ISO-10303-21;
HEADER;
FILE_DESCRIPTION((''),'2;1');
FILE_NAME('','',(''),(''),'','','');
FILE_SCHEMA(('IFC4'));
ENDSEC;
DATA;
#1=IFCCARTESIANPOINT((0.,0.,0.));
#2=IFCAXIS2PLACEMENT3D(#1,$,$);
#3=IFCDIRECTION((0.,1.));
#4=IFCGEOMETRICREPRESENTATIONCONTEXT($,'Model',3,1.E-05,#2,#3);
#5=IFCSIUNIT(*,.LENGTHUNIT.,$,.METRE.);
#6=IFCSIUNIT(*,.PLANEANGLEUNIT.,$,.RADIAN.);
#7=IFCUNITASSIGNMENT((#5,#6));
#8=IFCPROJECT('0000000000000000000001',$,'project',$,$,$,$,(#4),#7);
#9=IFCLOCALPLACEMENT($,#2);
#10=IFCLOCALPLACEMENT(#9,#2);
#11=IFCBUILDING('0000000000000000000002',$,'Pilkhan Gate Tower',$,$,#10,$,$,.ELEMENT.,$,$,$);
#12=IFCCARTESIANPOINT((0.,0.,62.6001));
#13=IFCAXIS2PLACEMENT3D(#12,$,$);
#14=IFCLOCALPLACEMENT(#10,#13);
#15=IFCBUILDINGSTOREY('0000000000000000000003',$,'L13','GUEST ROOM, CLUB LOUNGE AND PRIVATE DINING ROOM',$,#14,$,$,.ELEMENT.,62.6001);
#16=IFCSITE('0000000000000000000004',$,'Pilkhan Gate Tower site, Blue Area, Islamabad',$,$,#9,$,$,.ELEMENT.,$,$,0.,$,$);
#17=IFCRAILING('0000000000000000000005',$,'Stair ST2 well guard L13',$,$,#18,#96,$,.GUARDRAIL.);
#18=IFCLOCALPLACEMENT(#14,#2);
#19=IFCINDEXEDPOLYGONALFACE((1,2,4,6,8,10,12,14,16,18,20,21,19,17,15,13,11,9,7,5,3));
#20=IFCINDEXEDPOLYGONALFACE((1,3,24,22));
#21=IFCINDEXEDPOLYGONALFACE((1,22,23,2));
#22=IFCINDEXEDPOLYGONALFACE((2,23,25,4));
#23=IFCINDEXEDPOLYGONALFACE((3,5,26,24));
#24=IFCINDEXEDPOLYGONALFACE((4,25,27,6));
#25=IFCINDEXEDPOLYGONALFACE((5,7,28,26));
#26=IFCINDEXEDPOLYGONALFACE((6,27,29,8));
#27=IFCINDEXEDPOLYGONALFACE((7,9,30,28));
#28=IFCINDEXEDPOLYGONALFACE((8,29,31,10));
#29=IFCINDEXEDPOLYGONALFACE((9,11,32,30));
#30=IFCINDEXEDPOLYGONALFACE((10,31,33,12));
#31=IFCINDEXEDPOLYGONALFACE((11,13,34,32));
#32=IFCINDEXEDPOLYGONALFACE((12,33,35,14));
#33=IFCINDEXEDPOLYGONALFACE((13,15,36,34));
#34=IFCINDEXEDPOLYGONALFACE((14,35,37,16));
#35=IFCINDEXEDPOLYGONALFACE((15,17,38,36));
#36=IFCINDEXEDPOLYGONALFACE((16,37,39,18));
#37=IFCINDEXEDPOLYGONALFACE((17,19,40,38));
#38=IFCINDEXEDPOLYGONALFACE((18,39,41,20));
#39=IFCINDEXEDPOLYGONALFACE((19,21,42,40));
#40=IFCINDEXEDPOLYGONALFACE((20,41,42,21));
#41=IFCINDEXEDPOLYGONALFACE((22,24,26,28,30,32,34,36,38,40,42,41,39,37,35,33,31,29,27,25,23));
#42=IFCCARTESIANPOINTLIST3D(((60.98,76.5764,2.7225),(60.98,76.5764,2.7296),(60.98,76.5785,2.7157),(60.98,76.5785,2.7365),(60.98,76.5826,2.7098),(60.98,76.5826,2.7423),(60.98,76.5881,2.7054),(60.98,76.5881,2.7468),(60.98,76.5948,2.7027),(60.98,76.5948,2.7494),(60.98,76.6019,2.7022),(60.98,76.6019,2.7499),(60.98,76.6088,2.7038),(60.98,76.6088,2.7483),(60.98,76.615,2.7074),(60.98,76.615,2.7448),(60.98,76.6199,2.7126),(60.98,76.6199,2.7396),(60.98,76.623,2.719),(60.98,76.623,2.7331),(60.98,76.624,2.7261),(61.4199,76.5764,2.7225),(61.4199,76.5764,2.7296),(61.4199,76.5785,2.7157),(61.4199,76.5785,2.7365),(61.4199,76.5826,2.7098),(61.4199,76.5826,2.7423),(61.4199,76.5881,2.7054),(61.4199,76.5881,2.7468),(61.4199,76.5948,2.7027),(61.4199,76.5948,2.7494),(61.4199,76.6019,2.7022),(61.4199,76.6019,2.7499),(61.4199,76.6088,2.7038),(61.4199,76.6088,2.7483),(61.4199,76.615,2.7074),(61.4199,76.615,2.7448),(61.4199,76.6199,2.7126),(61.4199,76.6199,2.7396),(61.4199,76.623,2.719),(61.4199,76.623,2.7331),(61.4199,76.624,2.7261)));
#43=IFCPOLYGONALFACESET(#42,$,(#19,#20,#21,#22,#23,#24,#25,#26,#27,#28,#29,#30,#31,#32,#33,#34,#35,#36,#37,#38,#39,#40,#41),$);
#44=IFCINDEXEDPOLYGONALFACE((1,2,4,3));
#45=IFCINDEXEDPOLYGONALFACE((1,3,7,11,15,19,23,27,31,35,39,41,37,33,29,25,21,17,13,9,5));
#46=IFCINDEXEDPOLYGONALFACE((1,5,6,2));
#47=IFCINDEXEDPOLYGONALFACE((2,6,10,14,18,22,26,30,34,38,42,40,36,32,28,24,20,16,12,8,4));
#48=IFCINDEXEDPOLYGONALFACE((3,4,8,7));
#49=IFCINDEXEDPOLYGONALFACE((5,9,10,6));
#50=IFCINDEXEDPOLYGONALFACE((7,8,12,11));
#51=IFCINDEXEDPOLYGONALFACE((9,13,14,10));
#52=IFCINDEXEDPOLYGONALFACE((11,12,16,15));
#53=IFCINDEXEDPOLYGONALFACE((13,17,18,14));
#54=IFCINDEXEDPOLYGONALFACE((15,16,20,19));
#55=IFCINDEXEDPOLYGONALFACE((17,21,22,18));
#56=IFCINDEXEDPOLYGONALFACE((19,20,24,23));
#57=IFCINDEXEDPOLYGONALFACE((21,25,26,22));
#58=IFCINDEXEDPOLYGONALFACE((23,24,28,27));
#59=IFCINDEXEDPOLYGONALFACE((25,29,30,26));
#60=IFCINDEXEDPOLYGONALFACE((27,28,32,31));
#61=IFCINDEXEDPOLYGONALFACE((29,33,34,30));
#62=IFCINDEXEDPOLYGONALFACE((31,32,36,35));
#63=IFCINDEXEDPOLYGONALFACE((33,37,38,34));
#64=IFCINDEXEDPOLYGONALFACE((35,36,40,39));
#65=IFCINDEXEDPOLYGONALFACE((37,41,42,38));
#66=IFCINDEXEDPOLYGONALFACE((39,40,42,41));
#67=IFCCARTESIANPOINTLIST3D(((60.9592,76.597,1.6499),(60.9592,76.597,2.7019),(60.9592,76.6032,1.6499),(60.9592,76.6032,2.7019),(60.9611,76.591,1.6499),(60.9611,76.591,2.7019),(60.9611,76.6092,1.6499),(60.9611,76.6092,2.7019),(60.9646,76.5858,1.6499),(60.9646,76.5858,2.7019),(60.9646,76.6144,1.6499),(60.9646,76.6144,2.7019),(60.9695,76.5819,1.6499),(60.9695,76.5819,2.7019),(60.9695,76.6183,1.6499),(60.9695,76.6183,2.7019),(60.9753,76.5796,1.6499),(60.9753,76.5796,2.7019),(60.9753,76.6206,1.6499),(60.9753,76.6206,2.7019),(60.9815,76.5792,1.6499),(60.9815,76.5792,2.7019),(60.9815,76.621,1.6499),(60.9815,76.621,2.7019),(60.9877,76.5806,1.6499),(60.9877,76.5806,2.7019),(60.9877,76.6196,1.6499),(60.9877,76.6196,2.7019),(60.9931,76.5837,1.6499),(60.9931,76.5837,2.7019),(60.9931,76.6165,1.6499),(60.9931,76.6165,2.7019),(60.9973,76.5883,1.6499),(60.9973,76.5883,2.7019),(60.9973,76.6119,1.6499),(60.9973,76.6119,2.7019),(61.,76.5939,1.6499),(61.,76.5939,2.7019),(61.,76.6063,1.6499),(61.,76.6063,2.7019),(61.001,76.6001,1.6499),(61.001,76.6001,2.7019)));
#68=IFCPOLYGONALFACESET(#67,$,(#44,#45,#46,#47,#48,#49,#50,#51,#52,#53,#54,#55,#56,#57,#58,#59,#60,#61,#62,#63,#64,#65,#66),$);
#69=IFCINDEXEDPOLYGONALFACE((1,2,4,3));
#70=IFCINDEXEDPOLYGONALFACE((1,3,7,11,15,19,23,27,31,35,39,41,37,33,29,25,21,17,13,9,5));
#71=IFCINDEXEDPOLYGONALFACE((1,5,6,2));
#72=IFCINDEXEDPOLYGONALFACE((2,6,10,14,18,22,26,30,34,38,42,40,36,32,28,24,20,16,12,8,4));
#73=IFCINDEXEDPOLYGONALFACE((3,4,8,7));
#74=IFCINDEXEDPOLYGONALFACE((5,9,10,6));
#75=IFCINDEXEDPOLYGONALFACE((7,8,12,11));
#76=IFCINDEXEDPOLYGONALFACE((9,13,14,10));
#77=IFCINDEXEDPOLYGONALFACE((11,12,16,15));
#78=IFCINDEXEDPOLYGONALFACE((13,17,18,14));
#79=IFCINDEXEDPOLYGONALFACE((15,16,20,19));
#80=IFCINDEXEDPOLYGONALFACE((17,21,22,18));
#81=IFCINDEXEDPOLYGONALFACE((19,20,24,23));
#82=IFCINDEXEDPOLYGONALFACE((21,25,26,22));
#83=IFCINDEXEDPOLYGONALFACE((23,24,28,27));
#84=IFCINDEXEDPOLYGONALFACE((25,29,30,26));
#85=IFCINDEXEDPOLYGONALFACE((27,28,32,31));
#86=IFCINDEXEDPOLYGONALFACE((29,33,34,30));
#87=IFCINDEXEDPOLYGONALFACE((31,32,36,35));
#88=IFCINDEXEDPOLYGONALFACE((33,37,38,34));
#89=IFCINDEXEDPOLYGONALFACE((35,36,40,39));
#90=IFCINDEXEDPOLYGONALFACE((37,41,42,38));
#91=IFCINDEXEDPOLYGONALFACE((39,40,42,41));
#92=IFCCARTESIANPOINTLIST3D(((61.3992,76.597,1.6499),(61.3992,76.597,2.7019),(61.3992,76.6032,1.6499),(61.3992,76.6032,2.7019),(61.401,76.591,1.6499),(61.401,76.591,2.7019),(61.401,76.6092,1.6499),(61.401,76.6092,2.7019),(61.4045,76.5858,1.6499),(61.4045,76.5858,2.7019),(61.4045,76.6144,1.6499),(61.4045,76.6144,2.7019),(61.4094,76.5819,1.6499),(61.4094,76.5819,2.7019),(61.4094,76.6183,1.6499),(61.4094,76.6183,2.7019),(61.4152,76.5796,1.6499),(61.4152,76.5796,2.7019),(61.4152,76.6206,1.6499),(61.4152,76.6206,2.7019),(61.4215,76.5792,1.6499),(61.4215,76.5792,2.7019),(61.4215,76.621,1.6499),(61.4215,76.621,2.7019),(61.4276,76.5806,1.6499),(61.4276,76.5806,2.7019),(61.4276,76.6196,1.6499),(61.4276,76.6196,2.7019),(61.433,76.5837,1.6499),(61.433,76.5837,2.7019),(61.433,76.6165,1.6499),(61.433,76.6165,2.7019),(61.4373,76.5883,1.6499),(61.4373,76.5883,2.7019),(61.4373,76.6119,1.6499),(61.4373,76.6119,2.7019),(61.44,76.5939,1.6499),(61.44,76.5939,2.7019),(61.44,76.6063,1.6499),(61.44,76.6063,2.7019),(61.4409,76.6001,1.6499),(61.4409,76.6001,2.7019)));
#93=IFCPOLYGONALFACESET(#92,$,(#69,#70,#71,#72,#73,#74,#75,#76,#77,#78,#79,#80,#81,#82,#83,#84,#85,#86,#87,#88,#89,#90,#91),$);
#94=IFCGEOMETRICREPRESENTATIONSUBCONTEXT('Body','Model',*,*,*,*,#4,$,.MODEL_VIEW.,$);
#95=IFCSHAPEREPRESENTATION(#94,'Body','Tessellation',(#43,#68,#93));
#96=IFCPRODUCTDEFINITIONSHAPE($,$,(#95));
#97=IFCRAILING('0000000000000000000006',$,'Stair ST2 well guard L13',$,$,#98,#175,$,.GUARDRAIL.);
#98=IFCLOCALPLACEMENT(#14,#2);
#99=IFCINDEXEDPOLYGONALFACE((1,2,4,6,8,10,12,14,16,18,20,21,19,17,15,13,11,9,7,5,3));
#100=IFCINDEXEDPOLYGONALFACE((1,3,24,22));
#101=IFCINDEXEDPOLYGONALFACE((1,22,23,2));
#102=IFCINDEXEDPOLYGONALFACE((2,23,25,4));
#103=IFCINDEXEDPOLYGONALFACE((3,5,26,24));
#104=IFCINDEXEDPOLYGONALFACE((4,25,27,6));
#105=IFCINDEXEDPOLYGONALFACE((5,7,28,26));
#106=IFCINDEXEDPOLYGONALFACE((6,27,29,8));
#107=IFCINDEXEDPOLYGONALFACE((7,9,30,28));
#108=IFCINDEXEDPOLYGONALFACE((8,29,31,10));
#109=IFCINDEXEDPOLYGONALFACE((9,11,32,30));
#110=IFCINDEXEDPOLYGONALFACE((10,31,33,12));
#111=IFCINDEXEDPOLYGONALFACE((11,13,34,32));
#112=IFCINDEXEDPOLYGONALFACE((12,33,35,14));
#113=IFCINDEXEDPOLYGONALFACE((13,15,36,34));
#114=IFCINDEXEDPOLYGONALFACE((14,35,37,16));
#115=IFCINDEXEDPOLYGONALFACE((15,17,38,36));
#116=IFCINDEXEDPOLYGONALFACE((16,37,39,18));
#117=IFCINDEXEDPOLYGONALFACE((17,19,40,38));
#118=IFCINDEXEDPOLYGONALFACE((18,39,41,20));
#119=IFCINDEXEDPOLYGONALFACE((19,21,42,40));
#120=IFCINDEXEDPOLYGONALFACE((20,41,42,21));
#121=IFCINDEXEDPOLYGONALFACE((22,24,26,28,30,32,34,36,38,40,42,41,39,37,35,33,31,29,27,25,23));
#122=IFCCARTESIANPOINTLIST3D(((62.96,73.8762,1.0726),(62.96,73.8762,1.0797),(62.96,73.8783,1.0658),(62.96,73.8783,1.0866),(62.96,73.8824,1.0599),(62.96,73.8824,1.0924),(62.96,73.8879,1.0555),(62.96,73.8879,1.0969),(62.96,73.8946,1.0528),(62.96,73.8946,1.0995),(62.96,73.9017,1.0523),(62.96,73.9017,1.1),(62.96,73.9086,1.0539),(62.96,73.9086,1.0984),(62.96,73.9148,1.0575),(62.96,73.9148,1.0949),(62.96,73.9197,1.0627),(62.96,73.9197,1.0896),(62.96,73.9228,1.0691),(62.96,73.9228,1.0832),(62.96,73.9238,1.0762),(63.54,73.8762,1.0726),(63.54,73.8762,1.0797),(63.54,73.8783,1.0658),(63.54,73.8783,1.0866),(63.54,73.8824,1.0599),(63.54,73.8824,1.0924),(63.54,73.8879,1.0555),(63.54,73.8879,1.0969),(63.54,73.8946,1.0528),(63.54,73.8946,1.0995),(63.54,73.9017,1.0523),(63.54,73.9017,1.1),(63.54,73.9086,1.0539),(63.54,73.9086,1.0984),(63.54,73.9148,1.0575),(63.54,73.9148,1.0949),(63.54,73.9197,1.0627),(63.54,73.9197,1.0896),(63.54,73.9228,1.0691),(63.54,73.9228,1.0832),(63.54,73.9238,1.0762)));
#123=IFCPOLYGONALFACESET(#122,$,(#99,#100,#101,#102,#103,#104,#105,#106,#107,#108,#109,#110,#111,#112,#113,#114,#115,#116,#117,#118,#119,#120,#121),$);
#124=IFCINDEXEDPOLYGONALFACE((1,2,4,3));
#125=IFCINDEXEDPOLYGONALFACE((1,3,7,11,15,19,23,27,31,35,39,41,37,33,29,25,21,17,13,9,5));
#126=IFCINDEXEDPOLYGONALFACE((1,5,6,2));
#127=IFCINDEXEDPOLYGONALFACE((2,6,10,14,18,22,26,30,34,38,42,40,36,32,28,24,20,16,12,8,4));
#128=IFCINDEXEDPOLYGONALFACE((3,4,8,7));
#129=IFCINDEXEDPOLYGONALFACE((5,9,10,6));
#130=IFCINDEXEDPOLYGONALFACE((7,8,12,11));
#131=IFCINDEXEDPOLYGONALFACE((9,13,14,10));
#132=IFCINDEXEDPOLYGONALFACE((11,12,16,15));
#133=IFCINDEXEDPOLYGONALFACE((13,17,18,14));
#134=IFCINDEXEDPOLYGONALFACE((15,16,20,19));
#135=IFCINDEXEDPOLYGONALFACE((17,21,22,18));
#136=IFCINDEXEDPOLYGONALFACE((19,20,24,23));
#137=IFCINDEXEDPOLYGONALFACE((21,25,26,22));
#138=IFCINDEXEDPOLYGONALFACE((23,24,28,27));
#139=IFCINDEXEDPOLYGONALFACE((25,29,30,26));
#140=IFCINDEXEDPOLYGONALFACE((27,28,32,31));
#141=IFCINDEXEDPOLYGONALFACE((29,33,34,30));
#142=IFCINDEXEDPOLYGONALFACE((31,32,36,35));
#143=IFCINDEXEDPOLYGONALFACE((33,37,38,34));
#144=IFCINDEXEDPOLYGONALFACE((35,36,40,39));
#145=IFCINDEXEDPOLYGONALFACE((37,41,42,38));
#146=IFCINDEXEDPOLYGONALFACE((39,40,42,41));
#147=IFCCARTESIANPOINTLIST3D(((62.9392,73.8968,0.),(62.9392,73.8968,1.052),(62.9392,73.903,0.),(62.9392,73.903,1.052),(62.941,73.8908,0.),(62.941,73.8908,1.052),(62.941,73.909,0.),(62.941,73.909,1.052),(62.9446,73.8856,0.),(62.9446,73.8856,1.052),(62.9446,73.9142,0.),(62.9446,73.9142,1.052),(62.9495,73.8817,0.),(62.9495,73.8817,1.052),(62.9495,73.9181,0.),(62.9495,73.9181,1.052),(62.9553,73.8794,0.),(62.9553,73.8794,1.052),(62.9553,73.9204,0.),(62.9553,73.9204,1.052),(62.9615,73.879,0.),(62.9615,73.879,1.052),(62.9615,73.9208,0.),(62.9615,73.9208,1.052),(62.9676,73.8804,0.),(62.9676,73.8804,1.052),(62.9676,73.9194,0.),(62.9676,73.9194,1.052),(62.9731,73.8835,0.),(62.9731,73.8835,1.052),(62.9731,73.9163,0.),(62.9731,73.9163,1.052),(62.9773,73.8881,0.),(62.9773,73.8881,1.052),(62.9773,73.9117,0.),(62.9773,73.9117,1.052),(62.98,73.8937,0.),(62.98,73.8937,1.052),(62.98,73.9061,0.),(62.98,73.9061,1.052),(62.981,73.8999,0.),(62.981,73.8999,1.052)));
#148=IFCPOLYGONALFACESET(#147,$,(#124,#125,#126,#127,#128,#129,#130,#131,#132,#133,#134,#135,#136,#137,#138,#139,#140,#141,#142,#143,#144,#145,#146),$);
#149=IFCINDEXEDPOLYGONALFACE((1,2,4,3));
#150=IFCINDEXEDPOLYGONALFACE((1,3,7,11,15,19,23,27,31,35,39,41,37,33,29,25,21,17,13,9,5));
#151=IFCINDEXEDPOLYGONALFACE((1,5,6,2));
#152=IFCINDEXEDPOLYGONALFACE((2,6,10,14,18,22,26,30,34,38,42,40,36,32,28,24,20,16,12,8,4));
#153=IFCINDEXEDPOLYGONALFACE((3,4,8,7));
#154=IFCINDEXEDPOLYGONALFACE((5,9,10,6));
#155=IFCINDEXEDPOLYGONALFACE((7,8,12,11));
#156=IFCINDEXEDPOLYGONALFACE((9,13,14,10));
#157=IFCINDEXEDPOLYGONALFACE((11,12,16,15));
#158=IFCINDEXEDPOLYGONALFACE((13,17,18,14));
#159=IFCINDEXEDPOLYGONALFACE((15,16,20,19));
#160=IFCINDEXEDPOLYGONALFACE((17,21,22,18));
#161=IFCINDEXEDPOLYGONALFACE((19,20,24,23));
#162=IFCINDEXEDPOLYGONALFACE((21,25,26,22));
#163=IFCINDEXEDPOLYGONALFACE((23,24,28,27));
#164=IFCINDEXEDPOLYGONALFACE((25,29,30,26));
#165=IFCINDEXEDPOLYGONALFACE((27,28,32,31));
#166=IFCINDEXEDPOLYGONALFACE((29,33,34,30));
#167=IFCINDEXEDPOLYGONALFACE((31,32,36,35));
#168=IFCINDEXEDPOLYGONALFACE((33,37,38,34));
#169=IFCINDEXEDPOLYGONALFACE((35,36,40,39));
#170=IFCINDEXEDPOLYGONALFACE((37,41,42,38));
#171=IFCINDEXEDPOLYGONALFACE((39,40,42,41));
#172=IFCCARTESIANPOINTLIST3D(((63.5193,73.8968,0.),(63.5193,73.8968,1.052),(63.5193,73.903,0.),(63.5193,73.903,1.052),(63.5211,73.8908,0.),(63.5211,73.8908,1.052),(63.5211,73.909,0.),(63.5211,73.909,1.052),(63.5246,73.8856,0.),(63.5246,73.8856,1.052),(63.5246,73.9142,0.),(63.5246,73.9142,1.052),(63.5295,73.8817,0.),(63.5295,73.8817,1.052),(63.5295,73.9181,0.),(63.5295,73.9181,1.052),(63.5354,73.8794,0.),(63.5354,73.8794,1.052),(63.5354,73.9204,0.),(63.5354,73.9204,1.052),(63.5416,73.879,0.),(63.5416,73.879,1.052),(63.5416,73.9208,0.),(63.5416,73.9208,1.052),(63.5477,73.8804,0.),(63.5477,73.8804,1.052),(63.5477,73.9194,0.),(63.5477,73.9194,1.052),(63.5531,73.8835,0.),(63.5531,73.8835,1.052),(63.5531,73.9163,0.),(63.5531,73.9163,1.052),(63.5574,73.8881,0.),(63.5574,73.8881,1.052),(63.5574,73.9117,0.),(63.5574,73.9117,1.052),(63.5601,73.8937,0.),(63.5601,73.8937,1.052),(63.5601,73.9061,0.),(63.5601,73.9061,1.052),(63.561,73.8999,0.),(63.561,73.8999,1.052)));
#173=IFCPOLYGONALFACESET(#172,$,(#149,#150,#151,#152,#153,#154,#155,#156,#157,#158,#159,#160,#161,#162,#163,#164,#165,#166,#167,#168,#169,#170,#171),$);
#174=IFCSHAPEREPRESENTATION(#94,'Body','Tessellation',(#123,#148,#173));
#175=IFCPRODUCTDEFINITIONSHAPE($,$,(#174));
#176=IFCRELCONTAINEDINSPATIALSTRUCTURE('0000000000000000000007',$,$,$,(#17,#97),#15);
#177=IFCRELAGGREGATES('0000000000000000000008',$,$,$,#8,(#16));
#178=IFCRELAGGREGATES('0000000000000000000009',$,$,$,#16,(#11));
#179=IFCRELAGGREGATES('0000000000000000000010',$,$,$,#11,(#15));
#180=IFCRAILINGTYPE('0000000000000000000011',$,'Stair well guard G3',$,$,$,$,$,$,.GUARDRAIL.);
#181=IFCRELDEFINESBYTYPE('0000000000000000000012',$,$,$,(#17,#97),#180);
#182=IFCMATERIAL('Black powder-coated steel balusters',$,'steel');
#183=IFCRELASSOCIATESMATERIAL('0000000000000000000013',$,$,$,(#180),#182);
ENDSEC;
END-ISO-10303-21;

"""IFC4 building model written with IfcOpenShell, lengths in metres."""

from ifc_helpers import new_model, si_unit, direction, frame, origin, origin_2d, place, context, subcontext, project, spatial, circle, extrude, material, type_object, element, save


model = new_model("IFC4")

# Units and contexts
model_context = context("Model", 3, precision=1e-05, world=origin(), true_north=direction((0.0, 1.0)))
body_context = subcontext(model_context, "Body", "Model", "MODEL_VIEW")
ifc_project = project(units=[si_unit("LENGTHUNIT", "METRE"), si_unit("PLANEANGLEUNIT", "RADIAN")], contexts=[model_context])

# Site, building, storey
site_placement = place(None, origin())
site = spatial("IfcSite", under=ifc_project, at=site_placement, Name="Pilkhan Gate Tower site, Blue Area, Islamabad", CompositionType="ELEMENT", RefElevation=0.0)
building_placement = place(site_placement, origin())
building = spatial("IfcBuilding", under=site, at=building_placement, Name="Pilkhan Gate Tower", CompositionType="ELEMENT")
storey_placement = place(building_placement, frame((0.0, 0.0, 62.6001)))
storey = spatial("IfcBuildingStorey", under=building, at=storey_placement, Name="L13", Description="GUEST ROOM, CLUB LOUNGE AND PRIVATE DINING ROOM", CompositionType="ELEMENT", Elevation=62.6001)

# Railings
ifc_material_1 = material(Name="Black powder-coated steel balusters", Category="steel")
railing_type_1 = type_object("IfcRailingType", Name="Stair well guard G3", PredefinedType="GUARDRAIL", material=ifc_material_1)
railing_1_placement = place(storey_placement, frame((60.98, 76.6001, 1.6499)))
element("IfcRailing", 1, at=railing_1_placement, inside=storey, type_object=railing_type_1, Name="Stair ST2 well guard L13", PredefinedType="GUARDRAIL", context=body_context, shape_type="SweptSolid", body=[
    extrude(circle(Radius=0.0239, at=origin_2d()), frame((0.0, 0.0, 1.0762), z_axis=(1.0, 0.0, 0.0), x_axis=(0.0, 1.0, 0.0)), (0.0, 0.0, 1.0), 0.4399),
    extrude(circle(Radius=0.021, at=origin_2d()), origin(), (0.0, 0.0, 1.0), 1.052),
    extrude(circle(Radius=0.021, at=origin_2d()), frame((0.4399, 0.0, 0.0)), (0.0, 0.0, 1.0), 1.052),
])
for number, where, name in (
    (2, (62.96, 73.8999, 0.0), "Stair ST2 well guard L13"),
):
    element("IfcRailing", number, at=place(storey_placement, frame(where)), inside=storey, type_object=railing_type_1, Name=name, PredefinedType="GUARDRAIL", context=body_context, shape_type="SweptSolid", body=[
        extrude(circle(Radius=0.0239, at=origin_2d()), frame((0.0, 0.0, 1.0762), z_axis=(1.0, 0.0, 0.0), x_axis=(0.0, 1.0, 0.0)), (0.0, 0.0, 1.0), 0.5801),
        extrude(circle(Radius=0.021, at=origin_2d()), origin(), (0.0, 0.0, 1.0), 1.052),
        extrude(circle(Radius=0.021, at=origin_2d()), frame((0.5801, 0.0, 0.0)), (0.0, 0.0, 1.0), 1.052),
    ])

save(model, "model.ifc")
